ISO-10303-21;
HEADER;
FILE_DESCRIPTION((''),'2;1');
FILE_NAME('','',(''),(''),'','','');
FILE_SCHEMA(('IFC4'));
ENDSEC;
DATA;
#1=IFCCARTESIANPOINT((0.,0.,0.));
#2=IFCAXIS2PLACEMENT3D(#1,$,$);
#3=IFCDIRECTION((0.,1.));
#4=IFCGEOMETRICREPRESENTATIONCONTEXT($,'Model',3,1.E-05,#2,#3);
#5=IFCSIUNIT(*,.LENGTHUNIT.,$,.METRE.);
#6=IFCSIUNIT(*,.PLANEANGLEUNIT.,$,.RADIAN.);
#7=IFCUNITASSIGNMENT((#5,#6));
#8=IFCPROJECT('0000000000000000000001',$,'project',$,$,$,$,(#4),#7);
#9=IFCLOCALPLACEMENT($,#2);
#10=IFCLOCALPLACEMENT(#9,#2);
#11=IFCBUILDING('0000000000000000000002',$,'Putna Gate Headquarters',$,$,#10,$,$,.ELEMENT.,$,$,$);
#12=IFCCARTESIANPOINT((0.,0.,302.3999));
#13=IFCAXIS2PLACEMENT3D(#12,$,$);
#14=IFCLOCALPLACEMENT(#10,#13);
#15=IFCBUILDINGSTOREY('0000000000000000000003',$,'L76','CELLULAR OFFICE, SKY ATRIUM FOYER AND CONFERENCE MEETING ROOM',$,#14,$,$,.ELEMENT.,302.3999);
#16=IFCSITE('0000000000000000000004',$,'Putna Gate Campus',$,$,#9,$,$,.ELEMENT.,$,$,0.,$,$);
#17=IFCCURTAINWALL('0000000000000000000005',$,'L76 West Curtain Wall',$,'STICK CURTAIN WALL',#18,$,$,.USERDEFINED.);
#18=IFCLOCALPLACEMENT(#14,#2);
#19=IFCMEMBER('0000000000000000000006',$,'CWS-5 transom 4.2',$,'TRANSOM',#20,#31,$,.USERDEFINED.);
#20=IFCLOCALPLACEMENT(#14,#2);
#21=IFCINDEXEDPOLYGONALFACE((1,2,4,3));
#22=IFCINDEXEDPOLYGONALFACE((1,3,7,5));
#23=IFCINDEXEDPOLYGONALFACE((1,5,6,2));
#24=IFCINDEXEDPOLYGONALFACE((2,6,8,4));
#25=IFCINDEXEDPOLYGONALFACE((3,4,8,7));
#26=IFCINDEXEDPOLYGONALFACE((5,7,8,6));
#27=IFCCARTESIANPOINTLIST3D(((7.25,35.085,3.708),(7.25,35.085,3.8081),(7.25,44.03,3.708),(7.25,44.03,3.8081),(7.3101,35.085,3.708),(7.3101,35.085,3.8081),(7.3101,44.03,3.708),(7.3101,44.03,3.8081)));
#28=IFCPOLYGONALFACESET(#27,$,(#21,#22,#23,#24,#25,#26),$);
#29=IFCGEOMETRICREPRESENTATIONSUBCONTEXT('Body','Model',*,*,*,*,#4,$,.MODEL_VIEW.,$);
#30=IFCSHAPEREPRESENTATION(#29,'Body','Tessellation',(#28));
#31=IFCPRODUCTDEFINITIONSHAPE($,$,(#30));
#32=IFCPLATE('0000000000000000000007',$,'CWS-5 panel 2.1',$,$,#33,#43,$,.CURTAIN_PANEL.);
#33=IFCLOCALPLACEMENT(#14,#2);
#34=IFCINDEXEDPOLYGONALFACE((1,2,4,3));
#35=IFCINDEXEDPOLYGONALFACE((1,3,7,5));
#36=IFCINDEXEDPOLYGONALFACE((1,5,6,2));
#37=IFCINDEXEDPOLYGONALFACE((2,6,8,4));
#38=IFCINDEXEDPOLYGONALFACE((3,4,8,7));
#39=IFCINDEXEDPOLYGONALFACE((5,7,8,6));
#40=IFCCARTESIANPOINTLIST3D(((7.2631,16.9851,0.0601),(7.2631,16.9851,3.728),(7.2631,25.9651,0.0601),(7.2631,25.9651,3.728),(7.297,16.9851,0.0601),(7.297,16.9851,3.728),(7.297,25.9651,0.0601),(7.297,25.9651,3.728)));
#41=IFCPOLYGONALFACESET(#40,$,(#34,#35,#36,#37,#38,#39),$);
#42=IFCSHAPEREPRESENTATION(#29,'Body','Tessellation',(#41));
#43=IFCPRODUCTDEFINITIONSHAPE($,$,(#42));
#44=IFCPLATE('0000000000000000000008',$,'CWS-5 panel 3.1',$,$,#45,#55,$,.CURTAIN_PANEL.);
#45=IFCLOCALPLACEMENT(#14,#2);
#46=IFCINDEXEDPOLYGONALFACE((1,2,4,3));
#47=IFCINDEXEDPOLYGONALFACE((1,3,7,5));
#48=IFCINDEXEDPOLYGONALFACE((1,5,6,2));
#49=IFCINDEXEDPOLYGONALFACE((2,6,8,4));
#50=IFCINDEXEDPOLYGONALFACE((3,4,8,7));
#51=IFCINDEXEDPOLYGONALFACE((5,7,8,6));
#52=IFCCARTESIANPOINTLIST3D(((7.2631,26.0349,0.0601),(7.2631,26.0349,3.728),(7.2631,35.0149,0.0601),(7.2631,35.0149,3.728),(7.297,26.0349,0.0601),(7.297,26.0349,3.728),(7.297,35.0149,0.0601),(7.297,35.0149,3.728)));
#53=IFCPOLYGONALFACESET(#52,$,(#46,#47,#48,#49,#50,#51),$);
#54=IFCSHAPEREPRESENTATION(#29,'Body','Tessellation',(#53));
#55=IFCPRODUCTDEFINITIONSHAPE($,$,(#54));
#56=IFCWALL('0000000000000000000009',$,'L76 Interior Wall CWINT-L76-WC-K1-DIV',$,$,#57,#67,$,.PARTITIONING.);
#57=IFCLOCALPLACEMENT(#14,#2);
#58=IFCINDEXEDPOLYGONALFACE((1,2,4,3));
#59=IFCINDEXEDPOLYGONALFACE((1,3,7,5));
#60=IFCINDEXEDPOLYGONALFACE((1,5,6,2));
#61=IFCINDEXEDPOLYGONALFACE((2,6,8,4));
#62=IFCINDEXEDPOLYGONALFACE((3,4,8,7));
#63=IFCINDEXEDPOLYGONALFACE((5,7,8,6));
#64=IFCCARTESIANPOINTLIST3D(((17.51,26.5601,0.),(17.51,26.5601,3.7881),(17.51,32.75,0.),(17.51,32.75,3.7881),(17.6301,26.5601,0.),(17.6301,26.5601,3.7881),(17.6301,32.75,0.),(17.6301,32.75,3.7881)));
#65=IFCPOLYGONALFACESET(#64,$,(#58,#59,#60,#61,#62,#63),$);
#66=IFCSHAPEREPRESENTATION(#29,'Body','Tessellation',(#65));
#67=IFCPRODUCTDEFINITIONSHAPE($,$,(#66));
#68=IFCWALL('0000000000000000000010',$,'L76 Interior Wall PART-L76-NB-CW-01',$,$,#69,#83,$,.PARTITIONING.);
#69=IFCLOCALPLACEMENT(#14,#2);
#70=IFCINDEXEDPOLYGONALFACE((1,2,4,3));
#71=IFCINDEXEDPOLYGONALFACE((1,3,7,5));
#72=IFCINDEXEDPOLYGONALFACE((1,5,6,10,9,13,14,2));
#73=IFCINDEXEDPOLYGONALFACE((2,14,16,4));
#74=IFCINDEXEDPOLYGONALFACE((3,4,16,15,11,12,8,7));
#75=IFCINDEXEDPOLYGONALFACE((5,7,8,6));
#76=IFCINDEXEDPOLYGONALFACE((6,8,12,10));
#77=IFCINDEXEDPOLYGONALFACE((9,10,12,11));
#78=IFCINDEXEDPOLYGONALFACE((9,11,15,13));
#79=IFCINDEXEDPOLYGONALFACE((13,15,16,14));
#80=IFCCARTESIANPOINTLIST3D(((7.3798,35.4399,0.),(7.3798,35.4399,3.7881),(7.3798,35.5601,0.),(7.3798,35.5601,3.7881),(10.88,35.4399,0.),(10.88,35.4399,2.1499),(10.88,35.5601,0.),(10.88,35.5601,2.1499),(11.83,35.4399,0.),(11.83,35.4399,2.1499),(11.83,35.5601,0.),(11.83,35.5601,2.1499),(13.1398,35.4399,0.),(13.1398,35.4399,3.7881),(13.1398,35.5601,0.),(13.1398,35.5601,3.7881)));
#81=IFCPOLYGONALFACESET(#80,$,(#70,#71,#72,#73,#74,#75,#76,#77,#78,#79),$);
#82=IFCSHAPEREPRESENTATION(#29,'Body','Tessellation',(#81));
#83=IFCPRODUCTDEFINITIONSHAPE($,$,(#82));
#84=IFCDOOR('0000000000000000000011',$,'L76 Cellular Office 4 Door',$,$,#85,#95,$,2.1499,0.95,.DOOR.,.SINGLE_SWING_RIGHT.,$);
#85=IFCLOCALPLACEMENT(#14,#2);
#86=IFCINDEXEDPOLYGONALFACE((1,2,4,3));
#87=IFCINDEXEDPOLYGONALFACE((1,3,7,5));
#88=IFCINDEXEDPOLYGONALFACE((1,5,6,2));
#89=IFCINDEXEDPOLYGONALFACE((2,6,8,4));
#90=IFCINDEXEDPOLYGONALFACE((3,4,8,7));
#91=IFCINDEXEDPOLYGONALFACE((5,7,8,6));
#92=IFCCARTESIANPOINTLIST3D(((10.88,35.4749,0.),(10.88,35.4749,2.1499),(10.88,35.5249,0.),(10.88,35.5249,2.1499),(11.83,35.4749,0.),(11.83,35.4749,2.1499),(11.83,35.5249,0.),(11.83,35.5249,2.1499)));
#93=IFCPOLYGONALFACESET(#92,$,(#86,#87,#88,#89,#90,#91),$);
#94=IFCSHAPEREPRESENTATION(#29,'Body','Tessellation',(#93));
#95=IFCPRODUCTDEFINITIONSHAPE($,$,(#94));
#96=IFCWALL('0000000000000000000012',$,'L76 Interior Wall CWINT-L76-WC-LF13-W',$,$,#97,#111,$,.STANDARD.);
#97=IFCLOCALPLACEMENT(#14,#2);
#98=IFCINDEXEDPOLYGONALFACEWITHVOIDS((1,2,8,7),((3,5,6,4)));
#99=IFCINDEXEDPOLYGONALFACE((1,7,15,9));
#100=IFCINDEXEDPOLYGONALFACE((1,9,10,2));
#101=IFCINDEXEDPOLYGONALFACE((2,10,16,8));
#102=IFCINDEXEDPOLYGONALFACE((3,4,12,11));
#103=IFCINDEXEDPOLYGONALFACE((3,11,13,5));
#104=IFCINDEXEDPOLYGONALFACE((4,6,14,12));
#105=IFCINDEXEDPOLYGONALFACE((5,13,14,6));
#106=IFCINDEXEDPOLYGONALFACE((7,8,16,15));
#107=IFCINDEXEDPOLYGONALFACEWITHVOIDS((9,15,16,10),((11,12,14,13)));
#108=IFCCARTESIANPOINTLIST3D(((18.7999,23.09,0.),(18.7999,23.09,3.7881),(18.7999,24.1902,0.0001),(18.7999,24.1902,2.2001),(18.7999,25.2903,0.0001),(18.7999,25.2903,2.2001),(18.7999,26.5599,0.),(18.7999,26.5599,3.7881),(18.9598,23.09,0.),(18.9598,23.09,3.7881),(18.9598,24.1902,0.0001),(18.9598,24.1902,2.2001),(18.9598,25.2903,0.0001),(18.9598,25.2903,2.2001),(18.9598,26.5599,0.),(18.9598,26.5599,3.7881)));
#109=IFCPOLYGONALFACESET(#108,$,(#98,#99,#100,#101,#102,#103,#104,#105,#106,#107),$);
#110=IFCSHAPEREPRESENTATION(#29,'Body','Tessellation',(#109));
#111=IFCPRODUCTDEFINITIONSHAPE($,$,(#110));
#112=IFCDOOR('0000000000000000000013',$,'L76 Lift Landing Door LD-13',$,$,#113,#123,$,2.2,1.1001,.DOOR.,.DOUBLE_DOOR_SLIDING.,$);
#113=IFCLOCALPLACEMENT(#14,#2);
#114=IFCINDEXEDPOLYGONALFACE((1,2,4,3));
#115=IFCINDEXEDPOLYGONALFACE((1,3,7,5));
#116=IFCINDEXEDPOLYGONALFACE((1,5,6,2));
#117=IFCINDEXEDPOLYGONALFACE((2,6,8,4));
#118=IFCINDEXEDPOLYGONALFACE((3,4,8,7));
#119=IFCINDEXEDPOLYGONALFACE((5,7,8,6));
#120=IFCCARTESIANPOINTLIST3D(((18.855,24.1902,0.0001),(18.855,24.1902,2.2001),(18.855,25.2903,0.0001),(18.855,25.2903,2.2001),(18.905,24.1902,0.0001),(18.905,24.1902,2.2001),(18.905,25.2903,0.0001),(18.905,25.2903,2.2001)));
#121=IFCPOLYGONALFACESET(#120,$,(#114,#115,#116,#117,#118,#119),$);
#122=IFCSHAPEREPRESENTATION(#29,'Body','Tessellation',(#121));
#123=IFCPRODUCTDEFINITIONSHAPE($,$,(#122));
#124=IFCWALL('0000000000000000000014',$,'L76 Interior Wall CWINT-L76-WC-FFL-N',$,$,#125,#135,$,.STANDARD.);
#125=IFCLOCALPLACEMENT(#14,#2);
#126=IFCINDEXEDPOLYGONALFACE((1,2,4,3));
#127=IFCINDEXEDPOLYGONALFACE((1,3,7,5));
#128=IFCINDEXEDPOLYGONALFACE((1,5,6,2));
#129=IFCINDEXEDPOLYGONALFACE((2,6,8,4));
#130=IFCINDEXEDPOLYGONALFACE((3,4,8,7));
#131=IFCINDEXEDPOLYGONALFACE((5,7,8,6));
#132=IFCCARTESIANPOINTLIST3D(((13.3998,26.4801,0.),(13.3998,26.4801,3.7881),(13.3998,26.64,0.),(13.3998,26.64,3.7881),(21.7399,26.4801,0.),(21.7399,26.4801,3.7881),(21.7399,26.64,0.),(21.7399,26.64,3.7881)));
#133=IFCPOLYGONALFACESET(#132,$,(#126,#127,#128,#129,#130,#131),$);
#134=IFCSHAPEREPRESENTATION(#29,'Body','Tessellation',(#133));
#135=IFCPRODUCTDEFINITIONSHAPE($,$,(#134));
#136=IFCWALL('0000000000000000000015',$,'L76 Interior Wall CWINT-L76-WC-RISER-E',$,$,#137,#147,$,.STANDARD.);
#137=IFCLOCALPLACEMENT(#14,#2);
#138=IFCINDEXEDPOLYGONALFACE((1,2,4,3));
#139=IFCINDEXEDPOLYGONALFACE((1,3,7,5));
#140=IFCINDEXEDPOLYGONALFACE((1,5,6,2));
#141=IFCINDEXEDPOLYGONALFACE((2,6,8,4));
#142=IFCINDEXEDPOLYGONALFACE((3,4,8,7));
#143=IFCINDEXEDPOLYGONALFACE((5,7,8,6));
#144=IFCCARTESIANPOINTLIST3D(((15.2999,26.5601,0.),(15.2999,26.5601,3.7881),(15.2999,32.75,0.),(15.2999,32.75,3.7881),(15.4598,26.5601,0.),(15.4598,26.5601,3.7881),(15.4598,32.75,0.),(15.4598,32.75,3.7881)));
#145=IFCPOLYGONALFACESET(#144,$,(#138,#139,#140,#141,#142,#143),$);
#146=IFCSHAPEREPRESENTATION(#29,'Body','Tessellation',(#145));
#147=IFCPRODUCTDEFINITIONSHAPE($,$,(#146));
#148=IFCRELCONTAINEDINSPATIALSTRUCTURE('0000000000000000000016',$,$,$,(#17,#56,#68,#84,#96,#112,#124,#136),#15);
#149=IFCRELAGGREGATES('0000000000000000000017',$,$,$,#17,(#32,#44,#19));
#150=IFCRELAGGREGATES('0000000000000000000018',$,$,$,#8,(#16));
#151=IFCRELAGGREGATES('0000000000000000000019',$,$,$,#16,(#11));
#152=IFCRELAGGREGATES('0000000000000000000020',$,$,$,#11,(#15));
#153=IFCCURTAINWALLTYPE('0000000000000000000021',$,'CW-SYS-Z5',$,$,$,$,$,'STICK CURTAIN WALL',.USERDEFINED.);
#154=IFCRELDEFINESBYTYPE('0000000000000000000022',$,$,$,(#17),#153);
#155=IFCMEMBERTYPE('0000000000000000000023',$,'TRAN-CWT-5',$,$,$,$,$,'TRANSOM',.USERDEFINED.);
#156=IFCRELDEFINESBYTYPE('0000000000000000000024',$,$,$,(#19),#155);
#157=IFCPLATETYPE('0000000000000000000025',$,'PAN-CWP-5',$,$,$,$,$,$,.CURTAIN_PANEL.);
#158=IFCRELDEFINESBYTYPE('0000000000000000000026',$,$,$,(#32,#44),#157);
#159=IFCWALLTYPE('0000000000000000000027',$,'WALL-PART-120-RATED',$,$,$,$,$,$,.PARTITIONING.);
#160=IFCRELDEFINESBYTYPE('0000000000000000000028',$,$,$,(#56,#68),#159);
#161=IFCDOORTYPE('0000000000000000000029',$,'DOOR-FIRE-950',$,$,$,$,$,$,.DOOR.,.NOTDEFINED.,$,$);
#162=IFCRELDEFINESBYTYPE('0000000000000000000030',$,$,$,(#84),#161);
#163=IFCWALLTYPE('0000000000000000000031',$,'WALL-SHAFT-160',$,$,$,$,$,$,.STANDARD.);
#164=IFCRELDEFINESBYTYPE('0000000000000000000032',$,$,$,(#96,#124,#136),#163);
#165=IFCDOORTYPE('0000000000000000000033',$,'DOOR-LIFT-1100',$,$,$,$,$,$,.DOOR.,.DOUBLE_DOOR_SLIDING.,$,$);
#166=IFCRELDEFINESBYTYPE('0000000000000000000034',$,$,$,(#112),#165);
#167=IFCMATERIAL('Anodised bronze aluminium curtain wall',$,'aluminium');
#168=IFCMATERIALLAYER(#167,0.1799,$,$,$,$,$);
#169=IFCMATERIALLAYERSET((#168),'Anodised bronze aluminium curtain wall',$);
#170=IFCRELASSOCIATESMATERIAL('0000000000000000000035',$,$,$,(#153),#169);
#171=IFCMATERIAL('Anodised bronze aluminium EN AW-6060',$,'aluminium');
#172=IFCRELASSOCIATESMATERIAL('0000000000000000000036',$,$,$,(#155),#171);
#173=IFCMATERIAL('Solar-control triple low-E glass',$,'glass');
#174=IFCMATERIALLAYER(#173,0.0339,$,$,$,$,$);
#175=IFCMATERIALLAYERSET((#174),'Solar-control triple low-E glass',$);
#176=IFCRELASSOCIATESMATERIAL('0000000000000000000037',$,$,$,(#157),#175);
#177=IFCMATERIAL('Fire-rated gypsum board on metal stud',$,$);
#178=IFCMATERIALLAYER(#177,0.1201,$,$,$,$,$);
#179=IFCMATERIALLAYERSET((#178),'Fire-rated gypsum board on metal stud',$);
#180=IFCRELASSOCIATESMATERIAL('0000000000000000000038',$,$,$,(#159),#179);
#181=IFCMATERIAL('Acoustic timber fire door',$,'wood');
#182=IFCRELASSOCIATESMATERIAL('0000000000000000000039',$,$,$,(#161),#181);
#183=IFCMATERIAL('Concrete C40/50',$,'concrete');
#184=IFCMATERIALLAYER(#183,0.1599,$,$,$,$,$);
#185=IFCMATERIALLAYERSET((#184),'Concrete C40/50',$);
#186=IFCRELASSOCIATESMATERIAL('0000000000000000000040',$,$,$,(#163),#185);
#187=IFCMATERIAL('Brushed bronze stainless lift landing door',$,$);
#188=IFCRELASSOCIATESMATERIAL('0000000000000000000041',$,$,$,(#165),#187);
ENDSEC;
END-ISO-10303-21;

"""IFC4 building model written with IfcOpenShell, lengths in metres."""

from ifc_helpers import new_model, si_unit, direction, frame, frame_2d, origin, origin_2d, place, context, subcontext, project, spatial, rectangle, extrude, material, layer, layer_set, material_profile, profile_set, type_object, element, fill, aggregate, save


model = new_model("IFC4")

# Units and contexts
model_context = context("Model", 3, precision=1e-05, world=origin(), true_north=direction((0.0, 1.0)))
body_context = subcontext(model_context, "Body", "Model", "MODEL_VIEW")
ifc_project = project(units=[si_unit("LENGTHUNIT", "METRE"), si_unit("PLANEANGLEUNIT", "RADIAN")], contexts=[model_context])

# Site, building, storey
site_placement = place(None, origin())
site = spatial("IfcSite", under=ifc_project, at=site_placement, Name="Putna Gate Campus", CompositionType="ELEMENT", RefElevation=0.0)
building_placement = place(site_placement, origin())
building = spatial("IfcBuilding", under=site, at=building_placement, Name="Putna Gate Headquarters", CompositionType="ELEMENT")
storey_placement = place(building_placement, frame((0.0, 0.0, 302.3999)))
storey = spatial("IfcBuildingStorey", under=building, at=storey_placement, Name="L76", Description="CELLULAR OFFICE, SKY ATRIUM FOYER AND CONFERENCE MEETING ROOM", CompositionType="ELEMENT", Elevation=302.3999)

# Curtain wall, member, plates
ifc_material_1 = material(Name="Anodised bronze aluminium curtain wall", Category="aluminium")
ifc_layer_1 = layer(ifc_material_1, 0.1799)
ifc_layer_set_1 = layer_set([ifc_layer_1], Name="Anodised bronze aluminium curtain wall")
curtain_wall_type = type_object("IfcCurtainWallType", Name="CW-SYS-Z5", ElementType="STICK CURTAIN WALL", PredefinedType="USERDEFINED", material=ifc_layer_set_1)
curtain_wall_placement = place(storey_placement, origin())
curtain_wall = element("IfcCurtainWall", 1, at=curtain_wall_placement, inside=storey, type_object=curtain_wall_type, Name="L76 West Curtain Wall", ObjectType="STICK CURTAIN WALL", PredefinedType="USERDEFINED")
ifc_material_2 = material(Name="Anodised bronze aluminium EN AW-6060", Category="aluminium")
ifc_material_profile_1 = material_profile(ifc_material_2, rectangle(XDim=0.0601, YDim=0.1001, at=origin_2d()), Name="Anodised bronze aluminium EN AW-6060")
ifc_profile_set_1 = profile_set([ifc_material_profile_1], Name="Anodised bronze aluminium EN AW-6060")
member_type_1 = type_object("IfcMemberType", Name="TRAN-CWT-5", ElementType="TRANSOM", PredefinedType="USERDEFINED", material=ifc_profile_set_1)
member_1_placement = place(storey_placement, frame((7.28, 35.085, 3.7581), z_axis=(0.0, 1.0, 0.0), x_axis=(-1.0, 0.0, 0.0)))
member_1 = element("IfcMember", 2, at=member_1_placement, type_object=member_type_1, Name="CWS-5 transom 4.2", ObjectType="TRANSOM", PredefinedType="USERDEFINED", context=body_context, shape_type="SweptSolid", body=[
    extrude(rectangle(XDim=0.0601, YDim=0.1001, at=origin_2d()), origin(), (0.0, 0.0, 1.0), 8.9451),
])
ifc_material_3 = material(Name="Solar-control triple low-E glass", Category="glass")
ifc_layer_2 = layer(ifc_material_3, 0.0339)
ifc_layer_set_2 = layer_set([ifc_layer_2], Name="Solar-control triple low-E glass")
plate_type = type_object("IfcPlateType", Name="PAN-CWP-5", PredefinedType="CURTAIN_PANEL", material=ifc_layer_set_2)
plate_1_placement = place(storey_placement, frame((7.28, 21.4751, 0.0601), z_axis=(0.0, 0.0, 1.0), x_axis=(0.0, 1.0, 0.0)))
plate_1 = element("IfcPlate", 3, at=plate_1_placement, type_object=plate_type, Name="CWS-5 panel 2.1", PredefinedType="CURTAIN_PANEL", context=body_context, shape_type="SweptSolid", body=[
    extrude(rectangle(XDim=8.98, YDim=0.0339, at=origin_2d()), origin(), (0.0, 0.0, 1.0), 3.668),
])
plate_2_placement = place(storey_placement, frame((7.28, 30.5249, 0.0601), z_axis=(0.0, 0.0, 1.0), x_axis=(0.0, 1.0, 0.0)))
plate_2 = element("IfcPlate", 4, at=plate_2_placement, type_object=plate_type, Name="CWS-5 panel 3.1", PredefinedType="CURTAIN_PANEL", context=body_context, shape_type="SweptSolid", body=[
    extrude(rectangle(XDim=8.98, YDim=0.0339, at=origin_2d()), origin(), (0.0, 0.0, 1.0), 3.668),
])
aggregate(curtain_wall, [plate_1, plate_2, member_1])

# Wall
ifc_material_4 = material(Name="Fire-rated gypsum board on metal stud")
ifc_layer_3 = layer(ifc_material_4, 0.1201)
ifc_layer_set_3 = layer_set([ifc_layer_3], Name="Fire-rated gypsum board on metal stud")
wall_type_1 = type_object("IfcWallType", Name="WALL-PART-120-RATED", PredefinedType="PARTITIONING", material=ifc_layer_set_3)
wall_1_placement = place(storey_placement, frame((17.5701, 26.5601, 0.0), z_axis=(0.0, 0.0, 1.0), x_axis=(0.0, 1.0, 0.0)))
element("IfcWall", 5, at=wall_1_placement, inside=storey, type_object=wall_type_1, Name="L76 Interior Wall CWINT-L76-WC-K1-DIV", PredefinedType="PARTITIONING", context=body_context, shape_type="SweptSolid", body=[
    extrude(rectangle(XDim=6.1899, YDim=0.1201, at=frame_2d((3.095, 0.0))), origin(), (0.0, 0.0, 1.0), 3.7881),
])

# Walls, openings, doors
wall_2_placement = place(storey_placement, frame((7.3799, 35.5, 0.0), z_axis=(0.0, 0.0, 1.0), x_axis=(1.0, 0.0, 0.0)))
wall_2 = element("IfcWall", 6, at=wall_2_placement, inside=storey, type_object=wall_type_1, Name="L76 Interior Wall PART-L76-NB-CW-01", PredefinedType="PARTITIONING", context=body_context, shape_type="SweptSolid", body=[
    extrude(rectangle(XDim=5.76, YDim=0.1201, at=frame_2d((2.8799, 0.0))), origin(), (0.0, 0.0, 1.0), 3.7881),
])
opening_1_placement = place(wall_2_placement, frame((3.5, 0.0, 0.0)))
opening_1 = element("IfcOpeningElement", 7, at=opening_1_placement, cuts=wall_2, PredefinedType="OPENING", context=body_context, shape_type="SweptSolid", body=[
    extrude(rectangle(XDim=0.95, YDim=2.1499, at=frame_2d((0.4751, 1.075))), frame((0.0, 0.0701, 0.0), z_axis=(0.0, -1.0, 0.0), x_axis=(1.0, 0.0, 0.0)), (0.0, 0.0, 1.0), 0.1401),
])
ifc_material_5 = material(Name="Acoustic timber fire door", Category="wood")
door_type_1 = type_object("IfcDoorType", Name="DOOR-FIRE-950", OperationType="NOTDEFINED", PredefinedType="DOOR", material=ifc_material_5)
door_1_placement = place(opening_1_placement, origin())
door_1 = element("IfcDoor", 8, at=door_1_placement, inside=storey, type_object=door_type_1, Name="L76 Cellular Office 4 Door", OperationType="SINGLE_SWING_RIGHT", OverallHeight=2.1499, OverallWidth=0.95, PredefinedType="DOOR", context=body_context, shape_type="SweptSolid", body=[
    extrude(rectangle(XDim=0.95, YDim=2.1499, at=frame_2d((0.4751, 1.075))), frame((0.0, 0.0249, 0.0), z_axis=(0.0, -1.0, 0.0), x_axis=(1.0, 0.0, 0.0)), (0.0, 0.0, 1.0), 0.05),
])
fill(opening_1, door_1)
ifc_material_6 = material(Name="Concrete C40/50", Category="concrete")
ifc_layer_4 = layer(ifc_material_6, 0.1599)
ifc_layer_set_4 = layer_set([ifc_layer_4], Name="Concrete C40/50")
wall_type_2 = type_object("IfcWallType", Name="WALL-SHAFT-160", PredefinedType="STANDARD", material=ifc_layer_set_4)
wall_3_placement = place(storey_placement, frame((18.8799, 23.0901, 0.0), z_axis=(0.0, 0.0, 1.0), x_axis=(0.0, 1.0, 0.0)))
wall_3 = element("IfcWall", 9, at=wall_3_placement, inside=storey, type_object=wall_type_2, Name="L76 Interior Wall CWINT-L76-WC-LF13-W", PredefinedType="STANDARD", context=body_context, shape_type="SweptSolid", body=[
    extrude(rectangle(XDim=3.47, YDim=0.1599, at=frame_2d((1.7349, 0.0))), origin(), (0.0, 0.0, 1.0), 3.7881),
])
opening_2_placement = place(wall_3_placement, frame((1.1001, 0.0, 0.0)))
opening_2 = element("IfcOpeningElement", 10, at=opening_2_placement, cuts=wall_3, PredefinedType="OPENING", context=body_context, shape_type="SweptSolid", body=[
    extrude(rectangle(XDim=1.1001, YDim=2.2, at=frame_2d((0.55, 1.1001))), frame((0.0, 0.0898, 0.0), z_axis=(0.0, -1.0, 0.0), x_axis=(1.0, 0.0, 0.0)), (0.0, 0.0, 1.0), 0.1799),
])
ifc_material_7 = material(Name="Brushed bronze stainless lift landing door")
door_type_2 = type_object("IfcDoorType", Name="DOOR-LIFT-1100", OperationType="DOUBLE_DOOR_SLIDING", PredefinedType="DOOR", material=ifc_material_7)
door_2_placement = place(opening_2_placement, origin())
door_2 = element("IfcDoor", 11, at=door_2_placement, inside=storey, type_object=door_type_2, Name="L76 Lift Landing Door LD-13", OperationType="DOUBLE_DOOR_SLIDING", OverallHeight=2.2, OverallWidth=1.1001, PredefinedType="DOOR", context=body_context, shape_type="SweptSolid", body=[
    extrude(rectangle(XDim=1.1001, YDim=2.2, at=frame_2d((0.55, 1.1001))), frame((0.0, 0.0249, 0.0), z_axis=(0.0, -1.0, 0.0), x_axis=(1.0, 0.0, 0.0)), (0.0, 0.0, 1.0), 0.05),
])
fill(opening_2, door_2)

# Walls
wall_4_placement = place(storey_placement, frame((13.3999, 26.5601, 0.0), z_axis=(0.0, 0.0, 1.0), x_axis=(1.0, 0.0, 0.0)))
element("IfcWall", 12, at=wall_4_placement, inside=storey, type_object=wall_type_2, Name="L76 Interior Wall CWINT-L76-WC-FFL-N", PredefinedType="STANDARD", context=body_context, shape_type="SweptSolid", body=[
    extrude(rectangle(XDim=8.3401, YDim=0.1599, at=frame_2d((4.1699, 0.0))), origin(), (0.0, 0.0, 1.0), 3.7881),
])
wall_5_placement = place(storey_placement, frame((15.3799, 26.5601, 0.0), z_axis=(0.0, 0.0, 1.0), x_axis=(0.0, 1.0, 0.0)))
element("IfcWall", 13, at=wall_5_placement, inside=storey, type_object=wall_type_2, Name="L76 Interior Wall CWINT-L76-WC-RISER-E", PredefinedType="STANDARD", context=body_context, shape_type="SweptSolid", body=[
    extrude(rectangle(XDim=6.1899, YDim=0.1599, at=frame_2d((3.095, 0.0))), origin(), (0.0, 0.0, 1.0), 3.7881),
])

save(model, "model.ifc")
